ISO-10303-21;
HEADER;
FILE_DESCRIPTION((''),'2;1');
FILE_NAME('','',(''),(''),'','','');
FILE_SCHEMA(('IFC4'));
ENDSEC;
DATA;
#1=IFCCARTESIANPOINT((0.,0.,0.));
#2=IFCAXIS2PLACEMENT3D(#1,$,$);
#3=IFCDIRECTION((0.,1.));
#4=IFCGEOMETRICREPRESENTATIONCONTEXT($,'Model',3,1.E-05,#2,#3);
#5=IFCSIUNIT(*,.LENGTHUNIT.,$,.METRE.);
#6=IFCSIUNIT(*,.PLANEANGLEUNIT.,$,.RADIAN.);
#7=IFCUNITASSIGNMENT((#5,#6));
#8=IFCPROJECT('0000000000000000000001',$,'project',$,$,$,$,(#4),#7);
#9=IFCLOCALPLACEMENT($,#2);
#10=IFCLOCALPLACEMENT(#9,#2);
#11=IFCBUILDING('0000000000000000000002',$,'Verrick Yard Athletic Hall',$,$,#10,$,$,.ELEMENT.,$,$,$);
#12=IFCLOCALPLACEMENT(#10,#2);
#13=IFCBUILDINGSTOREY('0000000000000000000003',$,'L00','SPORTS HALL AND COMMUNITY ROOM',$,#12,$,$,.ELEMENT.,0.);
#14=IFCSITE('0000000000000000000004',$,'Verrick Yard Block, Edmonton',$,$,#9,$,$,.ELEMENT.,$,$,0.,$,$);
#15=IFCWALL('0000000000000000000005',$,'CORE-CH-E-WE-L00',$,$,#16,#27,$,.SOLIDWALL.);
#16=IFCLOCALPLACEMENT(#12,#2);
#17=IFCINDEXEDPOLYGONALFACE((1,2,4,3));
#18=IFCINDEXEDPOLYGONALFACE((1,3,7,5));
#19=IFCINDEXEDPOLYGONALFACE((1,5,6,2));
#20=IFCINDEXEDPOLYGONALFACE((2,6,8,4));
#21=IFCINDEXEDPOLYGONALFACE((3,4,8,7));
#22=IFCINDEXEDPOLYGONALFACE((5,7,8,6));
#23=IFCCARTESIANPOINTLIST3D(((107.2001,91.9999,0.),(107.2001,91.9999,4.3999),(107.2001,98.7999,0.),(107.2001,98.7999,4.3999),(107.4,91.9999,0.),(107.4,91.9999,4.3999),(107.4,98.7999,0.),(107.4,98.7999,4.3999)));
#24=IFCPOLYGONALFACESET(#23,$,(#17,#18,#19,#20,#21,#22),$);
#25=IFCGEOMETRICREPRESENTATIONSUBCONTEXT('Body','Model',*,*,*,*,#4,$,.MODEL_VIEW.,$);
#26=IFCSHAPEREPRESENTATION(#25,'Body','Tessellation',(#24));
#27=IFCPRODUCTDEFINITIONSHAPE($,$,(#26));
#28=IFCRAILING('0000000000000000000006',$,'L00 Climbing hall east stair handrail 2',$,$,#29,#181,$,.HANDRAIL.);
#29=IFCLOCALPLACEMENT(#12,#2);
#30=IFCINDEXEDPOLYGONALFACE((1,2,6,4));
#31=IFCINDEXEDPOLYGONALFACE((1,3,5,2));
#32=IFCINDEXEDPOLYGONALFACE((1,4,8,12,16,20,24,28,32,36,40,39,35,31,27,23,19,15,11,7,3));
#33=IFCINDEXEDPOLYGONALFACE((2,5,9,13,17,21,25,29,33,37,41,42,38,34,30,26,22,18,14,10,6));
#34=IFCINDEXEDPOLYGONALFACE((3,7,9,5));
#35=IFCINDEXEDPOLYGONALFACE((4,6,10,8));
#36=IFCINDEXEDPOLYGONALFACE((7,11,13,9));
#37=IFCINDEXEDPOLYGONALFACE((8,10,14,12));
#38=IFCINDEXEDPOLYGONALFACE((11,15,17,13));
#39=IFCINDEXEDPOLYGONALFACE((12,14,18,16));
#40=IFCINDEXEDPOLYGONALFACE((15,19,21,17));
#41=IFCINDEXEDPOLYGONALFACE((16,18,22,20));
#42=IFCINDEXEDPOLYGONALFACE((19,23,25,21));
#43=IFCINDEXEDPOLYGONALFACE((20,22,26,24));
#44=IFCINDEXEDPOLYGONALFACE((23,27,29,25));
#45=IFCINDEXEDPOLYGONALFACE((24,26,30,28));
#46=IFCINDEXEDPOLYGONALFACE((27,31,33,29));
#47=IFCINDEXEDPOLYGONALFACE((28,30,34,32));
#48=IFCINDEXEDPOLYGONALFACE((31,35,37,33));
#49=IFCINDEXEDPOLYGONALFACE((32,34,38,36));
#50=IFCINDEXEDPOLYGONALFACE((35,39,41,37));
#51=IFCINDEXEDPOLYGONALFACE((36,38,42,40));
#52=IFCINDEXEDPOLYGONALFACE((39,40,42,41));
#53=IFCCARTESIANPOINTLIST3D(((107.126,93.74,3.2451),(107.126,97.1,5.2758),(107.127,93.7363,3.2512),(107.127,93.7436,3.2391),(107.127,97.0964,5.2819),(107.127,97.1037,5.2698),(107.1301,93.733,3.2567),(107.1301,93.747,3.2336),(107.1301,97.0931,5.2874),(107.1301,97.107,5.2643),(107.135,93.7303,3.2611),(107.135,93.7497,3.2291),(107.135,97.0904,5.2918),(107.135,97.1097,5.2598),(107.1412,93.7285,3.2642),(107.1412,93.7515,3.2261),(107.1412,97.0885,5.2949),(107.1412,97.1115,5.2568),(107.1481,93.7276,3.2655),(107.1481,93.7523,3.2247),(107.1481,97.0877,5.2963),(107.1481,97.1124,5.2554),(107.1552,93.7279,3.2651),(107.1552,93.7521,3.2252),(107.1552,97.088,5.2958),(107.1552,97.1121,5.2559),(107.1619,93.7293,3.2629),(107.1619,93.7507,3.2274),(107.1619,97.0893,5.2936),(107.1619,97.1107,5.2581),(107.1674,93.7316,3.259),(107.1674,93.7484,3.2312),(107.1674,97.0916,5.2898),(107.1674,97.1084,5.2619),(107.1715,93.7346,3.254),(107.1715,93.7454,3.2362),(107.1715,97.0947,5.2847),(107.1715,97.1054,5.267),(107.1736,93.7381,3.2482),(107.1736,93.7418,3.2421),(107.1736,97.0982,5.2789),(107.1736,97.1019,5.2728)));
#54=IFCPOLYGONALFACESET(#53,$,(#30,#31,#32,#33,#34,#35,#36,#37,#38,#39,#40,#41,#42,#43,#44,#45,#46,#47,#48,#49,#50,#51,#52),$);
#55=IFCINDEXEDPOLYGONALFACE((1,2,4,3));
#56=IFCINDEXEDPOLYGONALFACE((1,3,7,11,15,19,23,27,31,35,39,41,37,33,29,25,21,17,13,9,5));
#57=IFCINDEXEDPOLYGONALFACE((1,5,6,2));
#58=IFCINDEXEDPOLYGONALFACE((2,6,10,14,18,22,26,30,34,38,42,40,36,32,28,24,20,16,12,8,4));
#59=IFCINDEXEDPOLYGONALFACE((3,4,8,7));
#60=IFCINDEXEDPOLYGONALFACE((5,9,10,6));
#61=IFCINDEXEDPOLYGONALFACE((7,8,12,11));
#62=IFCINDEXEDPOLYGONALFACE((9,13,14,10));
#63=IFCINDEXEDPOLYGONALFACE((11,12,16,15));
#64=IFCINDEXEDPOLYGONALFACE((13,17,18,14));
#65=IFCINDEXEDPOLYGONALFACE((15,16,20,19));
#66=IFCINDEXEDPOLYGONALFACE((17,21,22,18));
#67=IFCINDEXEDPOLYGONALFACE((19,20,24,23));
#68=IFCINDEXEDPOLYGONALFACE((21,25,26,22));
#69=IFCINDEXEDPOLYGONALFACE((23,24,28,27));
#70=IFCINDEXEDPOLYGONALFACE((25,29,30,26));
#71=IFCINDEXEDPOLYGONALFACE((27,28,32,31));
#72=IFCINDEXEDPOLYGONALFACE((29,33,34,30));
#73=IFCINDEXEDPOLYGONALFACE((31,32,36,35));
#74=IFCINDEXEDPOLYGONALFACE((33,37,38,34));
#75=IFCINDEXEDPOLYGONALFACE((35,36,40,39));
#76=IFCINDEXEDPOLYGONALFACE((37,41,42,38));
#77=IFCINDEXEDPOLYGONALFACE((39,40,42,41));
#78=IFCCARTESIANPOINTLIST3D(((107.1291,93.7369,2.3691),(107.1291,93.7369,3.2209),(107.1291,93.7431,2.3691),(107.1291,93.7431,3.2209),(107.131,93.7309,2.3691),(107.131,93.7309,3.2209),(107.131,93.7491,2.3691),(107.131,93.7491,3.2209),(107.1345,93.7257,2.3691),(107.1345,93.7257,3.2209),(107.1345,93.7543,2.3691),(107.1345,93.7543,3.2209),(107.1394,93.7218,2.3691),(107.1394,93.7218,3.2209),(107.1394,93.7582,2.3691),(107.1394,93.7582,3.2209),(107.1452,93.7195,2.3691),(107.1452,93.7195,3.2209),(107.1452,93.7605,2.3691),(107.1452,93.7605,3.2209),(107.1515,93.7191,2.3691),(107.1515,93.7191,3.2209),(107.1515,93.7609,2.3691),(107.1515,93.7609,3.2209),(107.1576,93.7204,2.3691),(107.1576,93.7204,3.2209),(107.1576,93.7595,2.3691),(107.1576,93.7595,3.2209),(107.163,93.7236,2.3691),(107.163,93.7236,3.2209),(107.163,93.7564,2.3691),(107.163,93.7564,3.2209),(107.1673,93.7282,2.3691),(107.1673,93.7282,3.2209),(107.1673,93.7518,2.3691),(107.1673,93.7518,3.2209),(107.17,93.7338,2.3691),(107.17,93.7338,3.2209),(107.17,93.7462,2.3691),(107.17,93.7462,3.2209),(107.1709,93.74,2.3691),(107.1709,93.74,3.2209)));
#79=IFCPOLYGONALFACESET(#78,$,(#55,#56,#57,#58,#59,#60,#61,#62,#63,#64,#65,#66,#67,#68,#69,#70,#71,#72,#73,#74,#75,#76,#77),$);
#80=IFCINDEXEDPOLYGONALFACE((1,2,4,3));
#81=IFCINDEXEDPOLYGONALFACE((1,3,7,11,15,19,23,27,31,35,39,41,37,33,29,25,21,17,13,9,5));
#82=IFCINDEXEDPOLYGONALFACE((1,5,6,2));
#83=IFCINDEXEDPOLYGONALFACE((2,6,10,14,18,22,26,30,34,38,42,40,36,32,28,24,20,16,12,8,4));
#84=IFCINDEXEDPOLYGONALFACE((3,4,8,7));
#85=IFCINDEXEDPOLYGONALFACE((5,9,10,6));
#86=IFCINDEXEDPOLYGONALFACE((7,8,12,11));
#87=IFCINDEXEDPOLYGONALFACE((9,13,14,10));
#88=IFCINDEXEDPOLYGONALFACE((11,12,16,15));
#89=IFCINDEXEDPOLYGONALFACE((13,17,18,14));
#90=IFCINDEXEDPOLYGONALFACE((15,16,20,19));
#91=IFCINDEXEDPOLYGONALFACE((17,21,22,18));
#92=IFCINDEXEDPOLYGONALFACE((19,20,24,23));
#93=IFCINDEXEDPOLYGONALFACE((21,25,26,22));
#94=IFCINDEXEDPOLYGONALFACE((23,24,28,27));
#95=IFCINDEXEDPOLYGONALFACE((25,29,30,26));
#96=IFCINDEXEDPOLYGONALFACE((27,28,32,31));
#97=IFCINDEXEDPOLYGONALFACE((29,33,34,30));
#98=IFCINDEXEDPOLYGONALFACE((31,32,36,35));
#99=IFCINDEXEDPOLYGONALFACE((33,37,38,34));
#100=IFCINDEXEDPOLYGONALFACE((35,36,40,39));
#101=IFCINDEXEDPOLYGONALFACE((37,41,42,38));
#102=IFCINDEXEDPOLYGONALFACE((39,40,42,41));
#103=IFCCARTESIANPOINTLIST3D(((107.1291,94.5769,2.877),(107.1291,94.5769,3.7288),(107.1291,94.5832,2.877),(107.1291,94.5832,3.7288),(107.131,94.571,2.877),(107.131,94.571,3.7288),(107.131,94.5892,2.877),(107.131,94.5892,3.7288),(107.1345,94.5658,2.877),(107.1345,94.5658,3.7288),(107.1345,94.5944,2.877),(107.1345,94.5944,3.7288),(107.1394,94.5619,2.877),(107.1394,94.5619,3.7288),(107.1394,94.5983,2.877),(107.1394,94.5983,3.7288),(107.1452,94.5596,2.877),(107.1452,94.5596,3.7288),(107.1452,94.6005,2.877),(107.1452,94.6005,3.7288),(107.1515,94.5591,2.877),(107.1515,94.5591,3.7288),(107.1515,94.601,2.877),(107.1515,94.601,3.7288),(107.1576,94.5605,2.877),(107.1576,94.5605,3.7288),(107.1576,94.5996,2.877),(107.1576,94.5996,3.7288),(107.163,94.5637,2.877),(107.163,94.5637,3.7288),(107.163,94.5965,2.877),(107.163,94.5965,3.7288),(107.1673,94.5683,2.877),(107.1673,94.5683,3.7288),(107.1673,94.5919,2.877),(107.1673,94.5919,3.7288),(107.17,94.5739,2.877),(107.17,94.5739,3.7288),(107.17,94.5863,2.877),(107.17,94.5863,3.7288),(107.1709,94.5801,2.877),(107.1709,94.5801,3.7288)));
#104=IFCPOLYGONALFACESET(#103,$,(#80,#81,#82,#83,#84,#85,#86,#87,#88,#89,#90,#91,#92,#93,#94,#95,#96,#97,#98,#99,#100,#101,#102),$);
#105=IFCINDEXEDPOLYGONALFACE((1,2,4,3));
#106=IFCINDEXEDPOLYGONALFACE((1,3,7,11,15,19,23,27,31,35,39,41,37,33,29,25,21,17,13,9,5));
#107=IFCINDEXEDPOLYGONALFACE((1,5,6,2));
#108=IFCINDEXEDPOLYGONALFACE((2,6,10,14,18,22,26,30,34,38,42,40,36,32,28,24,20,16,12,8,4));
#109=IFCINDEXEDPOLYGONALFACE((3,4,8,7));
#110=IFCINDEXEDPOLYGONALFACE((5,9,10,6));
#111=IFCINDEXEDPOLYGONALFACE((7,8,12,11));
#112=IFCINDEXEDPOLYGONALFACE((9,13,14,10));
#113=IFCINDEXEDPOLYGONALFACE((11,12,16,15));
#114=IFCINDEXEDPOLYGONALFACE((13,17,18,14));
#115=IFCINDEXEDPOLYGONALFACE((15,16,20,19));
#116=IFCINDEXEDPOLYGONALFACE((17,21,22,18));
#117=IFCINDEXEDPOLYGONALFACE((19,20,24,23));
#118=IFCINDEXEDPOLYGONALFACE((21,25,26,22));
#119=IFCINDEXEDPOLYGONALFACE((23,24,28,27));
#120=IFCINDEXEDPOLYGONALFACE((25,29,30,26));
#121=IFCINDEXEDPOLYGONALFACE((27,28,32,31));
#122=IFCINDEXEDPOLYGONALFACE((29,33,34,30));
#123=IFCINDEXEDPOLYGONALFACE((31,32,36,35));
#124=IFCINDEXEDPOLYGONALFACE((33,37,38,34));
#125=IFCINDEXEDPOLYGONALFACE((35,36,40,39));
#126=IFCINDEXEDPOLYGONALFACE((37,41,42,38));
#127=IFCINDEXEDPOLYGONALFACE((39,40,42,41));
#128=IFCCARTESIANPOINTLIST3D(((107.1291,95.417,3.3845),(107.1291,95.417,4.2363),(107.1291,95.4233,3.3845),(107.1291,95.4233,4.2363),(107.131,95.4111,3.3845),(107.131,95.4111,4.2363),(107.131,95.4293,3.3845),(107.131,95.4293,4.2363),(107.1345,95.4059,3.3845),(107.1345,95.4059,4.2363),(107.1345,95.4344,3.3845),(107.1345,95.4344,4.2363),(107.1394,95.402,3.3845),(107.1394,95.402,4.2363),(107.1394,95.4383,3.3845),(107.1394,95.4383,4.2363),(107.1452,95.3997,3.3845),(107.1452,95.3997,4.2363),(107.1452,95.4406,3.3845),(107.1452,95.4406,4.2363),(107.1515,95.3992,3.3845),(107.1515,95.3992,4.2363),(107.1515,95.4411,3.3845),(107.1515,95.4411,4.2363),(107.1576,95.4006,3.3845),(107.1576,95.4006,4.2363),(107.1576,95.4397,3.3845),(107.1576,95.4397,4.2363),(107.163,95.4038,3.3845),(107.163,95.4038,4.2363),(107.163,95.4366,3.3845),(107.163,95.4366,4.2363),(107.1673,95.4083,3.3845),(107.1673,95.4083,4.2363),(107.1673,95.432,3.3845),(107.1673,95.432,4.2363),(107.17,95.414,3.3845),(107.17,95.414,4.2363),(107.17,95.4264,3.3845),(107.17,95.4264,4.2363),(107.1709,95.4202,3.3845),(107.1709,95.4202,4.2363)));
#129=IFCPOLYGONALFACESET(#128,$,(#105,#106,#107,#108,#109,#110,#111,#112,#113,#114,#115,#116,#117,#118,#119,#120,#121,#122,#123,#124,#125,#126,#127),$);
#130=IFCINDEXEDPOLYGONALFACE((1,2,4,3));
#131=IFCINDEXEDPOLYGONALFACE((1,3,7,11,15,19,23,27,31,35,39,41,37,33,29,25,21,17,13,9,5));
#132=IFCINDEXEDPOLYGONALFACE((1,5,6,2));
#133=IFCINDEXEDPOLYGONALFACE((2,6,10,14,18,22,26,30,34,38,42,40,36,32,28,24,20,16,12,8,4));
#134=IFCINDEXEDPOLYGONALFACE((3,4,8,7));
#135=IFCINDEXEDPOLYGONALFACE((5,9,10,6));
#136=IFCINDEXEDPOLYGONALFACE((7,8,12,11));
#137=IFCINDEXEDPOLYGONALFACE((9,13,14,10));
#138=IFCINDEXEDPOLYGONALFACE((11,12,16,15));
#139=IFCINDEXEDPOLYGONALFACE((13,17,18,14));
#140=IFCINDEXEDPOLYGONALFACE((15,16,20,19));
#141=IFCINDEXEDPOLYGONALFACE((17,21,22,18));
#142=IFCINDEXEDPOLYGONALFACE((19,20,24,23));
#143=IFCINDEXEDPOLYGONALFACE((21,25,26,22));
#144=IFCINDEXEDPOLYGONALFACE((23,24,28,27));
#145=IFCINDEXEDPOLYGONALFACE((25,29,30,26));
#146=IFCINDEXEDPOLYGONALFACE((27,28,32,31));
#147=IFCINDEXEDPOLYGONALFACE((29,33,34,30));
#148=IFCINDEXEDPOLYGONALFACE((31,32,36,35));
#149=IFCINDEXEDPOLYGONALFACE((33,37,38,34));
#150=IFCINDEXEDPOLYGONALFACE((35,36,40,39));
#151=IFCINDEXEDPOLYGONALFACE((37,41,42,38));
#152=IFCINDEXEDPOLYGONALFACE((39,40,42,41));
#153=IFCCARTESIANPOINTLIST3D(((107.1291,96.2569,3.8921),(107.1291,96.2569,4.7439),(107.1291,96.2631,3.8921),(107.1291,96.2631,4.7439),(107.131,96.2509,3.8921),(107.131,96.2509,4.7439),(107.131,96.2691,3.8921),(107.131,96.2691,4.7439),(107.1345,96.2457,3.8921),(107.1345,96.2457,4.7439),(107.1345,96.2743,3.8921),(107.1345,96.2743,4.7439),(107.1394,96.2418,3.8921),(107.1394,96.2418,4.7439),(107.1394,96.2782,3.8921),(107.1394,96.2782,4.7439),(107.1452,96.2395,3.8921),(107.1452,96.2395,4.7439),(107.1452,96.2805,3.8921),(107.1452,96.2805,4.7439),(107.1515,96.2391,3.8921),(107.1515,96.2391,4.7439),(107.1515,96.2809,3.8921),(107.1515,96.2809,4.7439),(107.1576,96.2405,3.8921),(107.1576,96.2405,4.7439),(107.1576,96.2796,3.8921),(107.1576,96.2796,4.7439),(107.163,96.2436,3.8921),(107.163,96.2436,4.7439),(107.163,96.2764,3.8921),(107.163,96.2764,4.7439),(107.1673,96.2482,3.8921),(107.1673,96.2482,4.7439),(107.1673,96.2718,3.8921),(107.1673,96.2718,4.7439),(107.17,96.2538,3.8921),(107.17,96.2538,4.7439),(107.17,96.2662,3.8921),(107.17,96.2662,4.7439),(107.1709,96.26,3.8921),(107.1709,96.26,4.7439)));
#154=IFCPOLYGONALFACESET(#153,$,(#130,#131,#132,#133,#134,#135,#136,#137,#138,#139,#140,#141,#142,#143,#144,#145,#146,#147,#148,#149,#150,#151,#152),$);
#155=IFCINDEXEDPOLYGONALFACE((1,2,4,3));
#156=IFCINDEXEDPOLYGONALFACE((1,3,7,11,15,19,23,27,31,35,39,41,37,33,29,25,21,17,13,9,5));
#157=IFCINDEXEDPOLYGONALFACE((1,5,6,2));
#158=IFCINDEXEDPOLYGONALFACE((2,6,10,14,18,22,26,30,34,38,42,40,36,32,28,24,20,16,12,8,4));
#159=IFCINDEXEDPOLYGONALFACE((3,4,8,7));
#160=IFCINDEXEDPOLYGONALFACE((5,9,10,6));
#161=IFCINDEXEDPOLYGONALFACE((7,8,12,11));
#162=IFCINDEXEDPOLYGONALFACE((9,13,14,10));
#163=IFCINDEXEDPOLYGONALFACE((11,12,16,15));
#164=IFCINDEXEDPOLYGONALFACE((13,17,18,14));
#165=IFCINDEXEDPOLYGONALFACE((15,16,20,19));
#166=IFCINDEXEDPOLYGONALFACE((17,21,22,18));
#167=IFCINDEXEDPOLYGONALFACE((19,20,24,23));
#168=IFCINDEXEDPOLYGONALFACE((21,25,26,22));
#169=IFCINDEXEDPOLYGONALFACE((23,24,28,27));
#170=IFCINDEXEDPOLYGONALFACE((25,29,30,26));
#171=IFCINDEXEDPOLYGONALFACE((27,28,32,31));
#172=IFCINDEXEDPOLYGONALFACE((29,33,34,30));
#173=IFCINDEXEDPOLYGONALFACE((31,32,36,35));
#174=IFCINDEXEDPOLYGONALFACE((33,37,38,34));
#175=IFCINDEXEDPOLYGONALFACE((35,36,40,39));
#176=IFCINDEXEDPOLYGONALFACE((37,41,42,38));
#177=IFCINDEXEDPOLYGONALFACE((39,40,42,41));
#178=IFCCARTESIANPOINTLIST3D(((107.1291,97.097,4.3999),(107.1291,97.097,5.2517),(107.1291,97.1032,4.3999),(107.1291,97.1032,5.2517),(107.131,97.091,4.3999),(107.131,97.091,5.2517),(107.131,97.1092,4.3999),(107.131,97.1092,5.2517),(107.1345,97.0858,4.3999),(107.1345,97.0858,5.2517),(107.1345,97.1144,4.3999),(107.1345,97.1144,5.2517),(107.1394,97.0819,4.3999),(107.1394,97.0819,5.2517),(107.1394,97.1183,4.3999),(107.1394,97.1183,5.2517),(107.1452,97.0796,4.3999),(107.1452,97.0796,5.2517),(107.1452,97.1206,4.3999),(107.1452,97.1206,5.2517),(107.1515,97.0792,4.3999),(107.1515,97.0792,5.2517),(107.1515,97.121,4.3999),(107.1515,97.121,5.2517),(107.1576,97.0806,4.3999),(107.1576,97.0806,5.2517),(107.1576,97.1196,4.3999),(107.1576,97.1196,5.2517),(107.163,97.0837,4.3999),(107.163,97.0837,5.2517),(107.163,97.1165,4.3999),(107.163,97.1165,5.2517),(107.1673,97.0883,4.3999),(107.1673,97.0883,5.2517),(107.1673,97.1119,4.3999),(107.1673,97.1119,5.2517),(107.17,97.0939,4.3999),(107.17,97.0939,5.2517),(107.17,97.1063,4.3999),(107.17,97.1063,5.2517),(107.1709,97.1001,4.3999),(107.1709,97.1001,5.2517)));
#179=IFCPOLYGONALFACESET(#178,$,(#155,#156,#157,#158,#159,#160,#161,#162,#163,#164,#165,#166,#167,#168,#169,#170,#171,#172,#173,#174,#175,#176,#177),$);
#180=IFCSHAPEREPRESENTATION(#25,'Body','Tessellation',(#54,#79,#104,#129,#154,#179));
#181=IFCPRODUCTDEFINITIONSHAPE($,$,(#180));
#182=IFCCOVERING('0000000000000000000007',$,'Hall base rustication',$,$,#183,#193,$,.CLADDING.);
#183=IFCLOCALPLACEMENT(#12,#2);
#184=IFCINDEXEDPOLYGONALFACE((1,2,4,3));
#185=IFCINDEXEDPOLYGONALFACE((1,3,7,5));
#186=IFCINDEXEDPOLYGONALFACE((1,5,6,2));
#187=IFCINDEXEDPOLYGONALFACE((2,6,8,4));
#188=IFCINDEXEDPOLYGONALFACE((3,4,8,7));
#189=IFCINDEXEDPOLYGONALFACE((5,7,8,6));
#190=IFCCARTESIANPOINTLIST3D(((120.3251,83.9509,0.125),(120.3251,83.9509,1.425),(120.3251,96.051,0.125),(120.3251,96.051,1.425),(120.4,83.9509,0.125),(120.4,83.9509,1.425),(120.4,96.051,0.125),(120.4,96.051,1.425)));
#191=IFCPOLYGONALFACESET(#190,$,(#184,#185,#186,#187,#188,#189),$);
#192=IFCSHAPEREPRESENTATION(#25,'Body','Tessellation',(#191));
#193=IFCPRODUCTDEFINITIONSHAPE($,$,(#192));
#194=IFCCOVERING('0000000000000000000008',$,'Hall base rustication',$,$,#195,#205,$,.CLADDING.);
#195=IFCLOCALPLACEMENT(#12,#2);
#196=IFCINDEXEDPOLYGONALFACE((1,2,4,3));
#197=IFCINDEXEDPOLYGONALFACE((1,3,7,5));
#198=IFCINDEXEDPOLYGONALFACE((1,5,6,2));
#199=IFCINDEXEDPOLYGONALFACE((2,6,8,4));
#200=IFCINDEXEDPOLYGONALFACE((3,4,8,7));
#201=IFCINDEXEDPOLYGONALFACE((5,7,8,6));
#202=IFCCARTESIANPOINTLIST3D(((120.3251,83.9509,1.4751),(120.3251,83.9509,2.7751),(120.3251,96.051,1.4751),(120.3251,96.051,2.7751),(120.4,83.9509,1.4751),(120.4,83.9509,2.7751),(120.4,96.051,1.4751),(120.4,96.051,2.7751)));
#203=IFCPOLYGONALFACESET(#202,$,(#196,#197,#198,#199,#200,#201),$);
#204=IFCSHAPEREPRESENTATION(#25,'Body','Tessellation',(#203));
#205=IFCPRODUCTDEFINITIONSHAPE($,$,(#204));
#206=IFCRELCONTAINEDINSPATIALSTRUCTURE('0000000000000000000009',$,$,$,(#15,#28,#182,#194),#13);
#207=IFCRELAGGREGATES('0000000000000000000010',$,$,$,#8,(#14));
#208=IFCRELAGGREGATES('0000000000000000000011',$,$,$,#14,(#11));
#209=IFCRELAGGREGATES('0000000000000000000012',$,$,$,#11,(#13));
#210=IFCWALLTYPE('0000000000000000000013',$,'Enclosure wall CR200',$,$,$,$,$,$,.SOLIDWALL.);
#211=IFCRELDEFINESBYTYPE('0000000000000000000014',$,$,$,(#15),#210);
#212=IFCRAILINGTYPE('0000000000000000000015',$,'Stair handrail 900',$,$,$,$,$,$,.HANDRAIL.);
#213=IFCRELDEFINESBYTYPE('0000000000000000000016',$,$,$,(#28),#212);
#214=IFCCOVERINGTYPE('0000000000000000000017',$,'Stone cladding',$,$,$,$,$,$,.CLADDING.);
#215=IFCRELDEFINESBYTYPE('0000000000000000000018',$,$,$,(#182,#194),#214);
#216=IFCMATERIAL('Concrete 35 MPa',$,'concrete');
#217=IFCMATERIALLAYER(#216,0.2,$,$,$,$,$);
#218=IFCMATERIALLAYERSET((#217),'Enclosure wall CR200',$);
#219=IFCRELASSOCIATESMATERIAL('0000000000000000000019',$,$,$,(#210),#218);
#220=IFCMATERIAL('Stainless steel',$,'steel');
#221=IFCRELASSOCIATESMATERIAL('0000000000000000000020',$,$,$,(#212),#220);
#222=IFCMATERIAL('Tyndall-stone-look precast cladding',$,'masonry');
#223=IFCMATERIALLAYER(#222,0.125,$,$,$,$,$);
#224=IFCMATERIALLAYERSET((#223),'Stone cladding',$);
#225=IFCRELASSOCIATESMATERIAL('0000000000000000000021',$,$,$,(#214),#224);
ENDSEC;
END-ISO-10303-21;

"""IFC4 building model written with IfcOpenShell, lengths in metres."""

from ifc_helpers import new_model, si_unit, direction, frame, frame_2d, origin, origin_2d, place, context, subcontext, project, spatial, rectangle, circle, extrude, material, layer, layer_set, type_object, element, save


model = new_model("IFC4")

# Units and contexts
model_context = context("Model", 3, precision=1e-05, world=origin(), true_north=direction((0.0, 1.0)))
body_context = subcontext(model_context, "Body", "Model", "MODEL_VIEW")
ifc_project = project(units=[si_unit("LENGTHUNIT", "METRE"), si_unit("PLANEANGLEUNIT", "RADIAN")], contexts=[model_context])

# Site, building, storey
site_placement = place(None, origin())
site = spatial("IfcSite", under=ifc_project, at=site_placement, Name="Verrick Yard Block, Edmonton", CompositionType="ELEMENT", RefElevation=0.0)
building_placement = place(site_placement, origin())
building = spatial("IfcBuilding", under=site, at=building_placement, Name="Verrick Yard Athletic Hall", CompositionType="ELEMENT")
storey_placement = place(building_placement, origin())
storey = spatial("IfcBuildingStorey", under=building, at=storey_placement, Name="L00", Description="SPORTS HALL AND COMMUNITY ROOM", CompositionType="ELEMENT", Elevation=0.0)

# Shared definitions
ifc_material_1 = material(Name="Concrete 35 MPa", Category="concrete")

# Wall
ifc_layer_1 = layer(ifc_material_1, 0.2)
ifc_layer_set_1 = layer_set([ifc_layer_1], Name="Enclosure wall CR200")
wall_type = type_object("IfcWallType", Name="Enclosure wall CR200", PredefinedType="SOLIDWALL", material=ifc_layer_set_1)
wall_placement = place(storey_placement, frame((107.3, 92.0, 0.0), z_axis=(0.0, 0.0, 1.0), x_axis=(0.0, 1.0, 0.0)))
element("IfcWall", 1, at=wall_placement, inside=storey, type_object=wall_type, Name="CORE-CH-E-WE-L00", PredefinedType="SOLIDWALL", context=body_context, shape_type="SweptSolid", body=[
    extrude(rectangle(XDim=6.8, YDim=0.2, at=frame_2d((3.3999, 0.0))), origin(), (0.0, 0.0, 1.0), 4.3999),
])

# Railing
ifc_material_2 = material(Name="Stainless steel", Category="steel")
railing_type = type_object("IfcRailingType", Name="Stair handrail 900", PredefinedType="HANDRAIL", material=ifc_material_2)
railing_placement = place(storey_placement, frame((107.1499, 93.74, 2.3691)))
element("IfcRailing", 2, at=railing_placement, inside=storey, type_object=railing_type, Name="L00 Climbing hall east stair handrail 2", PredefinedType="HANDRAIL", context=body_context, shape_type="SweptSolid", body=[
    extrude(circle(Radius=0.0239, at=origin_2d()), frame((0.0, 0.0, 0.876), z_axis=(0.0, 0.855837, 0.517246), x_axis=(-1.0, 0.0, 0.0)), (0.0, 0.0, 1.0), 3.926),
    extrude(circle(Radius=0.021, at=origin_2d()), origin(), (0.0, 0.0, 1.0), 0.8518),
    extrude(circle(Radius=0.021, at=origin_2d()), frame((0.0, 0.8401, 0.5078)), (0.0, 0.0, 1.0), 0.8518),
    extrude(circle(Radius=0.021, at=origin_2d()), frame((0.0, 1.6802, 1.0154)), (0.0, 0.0, 1.0), 0.8518),
    extrude(circle(Radius=0.021, at=origin_2d()), frame((0.0, 2.52, 1.5229)), (0.0, 0.0, 1.0), 0.8518),
    extrude(circle(Radius=0.021, at=origin_2d()), frame((0.0, 3.3601, 2.0308)), (0.0, 0.0, 1.0), 0.8518),
])

# Coverings
ifc_material_3 = material(Name="Tyndall-stone-look precast cladding", Category="masonry")
ifc_layer_2 = layer(ifc_material_3, 0.125)
ifc_layer_set_2 = layer_set([ifc_layer_2], Name="Stone cladding")
covering_type_1 = type_object("IfcCoveringType", Name="Stone cladding", PredefinedType="CLADDING", material=ifc_layer_set_2)
for number, where, z_axis, x_axis, name in (
    (3, (120.3625, 90.001, 0.125), (0.0, 0.0, 1.0), (0.0, 1.0, 0.0), "Hall base rustication"),
    (4, (120.3625, 90.001, 1.4751), (0.0, 0.0, 1.0), (0.0, 1.0, 0.0), "Hall base rustication"),
):
    element("IfcCovering", number, at=place(storey_placement, frame(where, z_axis=z_axis, x_axis=x_axis)), inside=storey, type_object=covering_type_1, Name=name, PredefinedType="CLADDING", context=body_context, shape_type="SweptSolid", body=[
        extrude(rectangle(XDim=12.1001, YDim=0.075, at=origin_2d()), origin(), (0.0, 0.0, 1.0), 1.3),
    ])

save(model, "model.ifc")
